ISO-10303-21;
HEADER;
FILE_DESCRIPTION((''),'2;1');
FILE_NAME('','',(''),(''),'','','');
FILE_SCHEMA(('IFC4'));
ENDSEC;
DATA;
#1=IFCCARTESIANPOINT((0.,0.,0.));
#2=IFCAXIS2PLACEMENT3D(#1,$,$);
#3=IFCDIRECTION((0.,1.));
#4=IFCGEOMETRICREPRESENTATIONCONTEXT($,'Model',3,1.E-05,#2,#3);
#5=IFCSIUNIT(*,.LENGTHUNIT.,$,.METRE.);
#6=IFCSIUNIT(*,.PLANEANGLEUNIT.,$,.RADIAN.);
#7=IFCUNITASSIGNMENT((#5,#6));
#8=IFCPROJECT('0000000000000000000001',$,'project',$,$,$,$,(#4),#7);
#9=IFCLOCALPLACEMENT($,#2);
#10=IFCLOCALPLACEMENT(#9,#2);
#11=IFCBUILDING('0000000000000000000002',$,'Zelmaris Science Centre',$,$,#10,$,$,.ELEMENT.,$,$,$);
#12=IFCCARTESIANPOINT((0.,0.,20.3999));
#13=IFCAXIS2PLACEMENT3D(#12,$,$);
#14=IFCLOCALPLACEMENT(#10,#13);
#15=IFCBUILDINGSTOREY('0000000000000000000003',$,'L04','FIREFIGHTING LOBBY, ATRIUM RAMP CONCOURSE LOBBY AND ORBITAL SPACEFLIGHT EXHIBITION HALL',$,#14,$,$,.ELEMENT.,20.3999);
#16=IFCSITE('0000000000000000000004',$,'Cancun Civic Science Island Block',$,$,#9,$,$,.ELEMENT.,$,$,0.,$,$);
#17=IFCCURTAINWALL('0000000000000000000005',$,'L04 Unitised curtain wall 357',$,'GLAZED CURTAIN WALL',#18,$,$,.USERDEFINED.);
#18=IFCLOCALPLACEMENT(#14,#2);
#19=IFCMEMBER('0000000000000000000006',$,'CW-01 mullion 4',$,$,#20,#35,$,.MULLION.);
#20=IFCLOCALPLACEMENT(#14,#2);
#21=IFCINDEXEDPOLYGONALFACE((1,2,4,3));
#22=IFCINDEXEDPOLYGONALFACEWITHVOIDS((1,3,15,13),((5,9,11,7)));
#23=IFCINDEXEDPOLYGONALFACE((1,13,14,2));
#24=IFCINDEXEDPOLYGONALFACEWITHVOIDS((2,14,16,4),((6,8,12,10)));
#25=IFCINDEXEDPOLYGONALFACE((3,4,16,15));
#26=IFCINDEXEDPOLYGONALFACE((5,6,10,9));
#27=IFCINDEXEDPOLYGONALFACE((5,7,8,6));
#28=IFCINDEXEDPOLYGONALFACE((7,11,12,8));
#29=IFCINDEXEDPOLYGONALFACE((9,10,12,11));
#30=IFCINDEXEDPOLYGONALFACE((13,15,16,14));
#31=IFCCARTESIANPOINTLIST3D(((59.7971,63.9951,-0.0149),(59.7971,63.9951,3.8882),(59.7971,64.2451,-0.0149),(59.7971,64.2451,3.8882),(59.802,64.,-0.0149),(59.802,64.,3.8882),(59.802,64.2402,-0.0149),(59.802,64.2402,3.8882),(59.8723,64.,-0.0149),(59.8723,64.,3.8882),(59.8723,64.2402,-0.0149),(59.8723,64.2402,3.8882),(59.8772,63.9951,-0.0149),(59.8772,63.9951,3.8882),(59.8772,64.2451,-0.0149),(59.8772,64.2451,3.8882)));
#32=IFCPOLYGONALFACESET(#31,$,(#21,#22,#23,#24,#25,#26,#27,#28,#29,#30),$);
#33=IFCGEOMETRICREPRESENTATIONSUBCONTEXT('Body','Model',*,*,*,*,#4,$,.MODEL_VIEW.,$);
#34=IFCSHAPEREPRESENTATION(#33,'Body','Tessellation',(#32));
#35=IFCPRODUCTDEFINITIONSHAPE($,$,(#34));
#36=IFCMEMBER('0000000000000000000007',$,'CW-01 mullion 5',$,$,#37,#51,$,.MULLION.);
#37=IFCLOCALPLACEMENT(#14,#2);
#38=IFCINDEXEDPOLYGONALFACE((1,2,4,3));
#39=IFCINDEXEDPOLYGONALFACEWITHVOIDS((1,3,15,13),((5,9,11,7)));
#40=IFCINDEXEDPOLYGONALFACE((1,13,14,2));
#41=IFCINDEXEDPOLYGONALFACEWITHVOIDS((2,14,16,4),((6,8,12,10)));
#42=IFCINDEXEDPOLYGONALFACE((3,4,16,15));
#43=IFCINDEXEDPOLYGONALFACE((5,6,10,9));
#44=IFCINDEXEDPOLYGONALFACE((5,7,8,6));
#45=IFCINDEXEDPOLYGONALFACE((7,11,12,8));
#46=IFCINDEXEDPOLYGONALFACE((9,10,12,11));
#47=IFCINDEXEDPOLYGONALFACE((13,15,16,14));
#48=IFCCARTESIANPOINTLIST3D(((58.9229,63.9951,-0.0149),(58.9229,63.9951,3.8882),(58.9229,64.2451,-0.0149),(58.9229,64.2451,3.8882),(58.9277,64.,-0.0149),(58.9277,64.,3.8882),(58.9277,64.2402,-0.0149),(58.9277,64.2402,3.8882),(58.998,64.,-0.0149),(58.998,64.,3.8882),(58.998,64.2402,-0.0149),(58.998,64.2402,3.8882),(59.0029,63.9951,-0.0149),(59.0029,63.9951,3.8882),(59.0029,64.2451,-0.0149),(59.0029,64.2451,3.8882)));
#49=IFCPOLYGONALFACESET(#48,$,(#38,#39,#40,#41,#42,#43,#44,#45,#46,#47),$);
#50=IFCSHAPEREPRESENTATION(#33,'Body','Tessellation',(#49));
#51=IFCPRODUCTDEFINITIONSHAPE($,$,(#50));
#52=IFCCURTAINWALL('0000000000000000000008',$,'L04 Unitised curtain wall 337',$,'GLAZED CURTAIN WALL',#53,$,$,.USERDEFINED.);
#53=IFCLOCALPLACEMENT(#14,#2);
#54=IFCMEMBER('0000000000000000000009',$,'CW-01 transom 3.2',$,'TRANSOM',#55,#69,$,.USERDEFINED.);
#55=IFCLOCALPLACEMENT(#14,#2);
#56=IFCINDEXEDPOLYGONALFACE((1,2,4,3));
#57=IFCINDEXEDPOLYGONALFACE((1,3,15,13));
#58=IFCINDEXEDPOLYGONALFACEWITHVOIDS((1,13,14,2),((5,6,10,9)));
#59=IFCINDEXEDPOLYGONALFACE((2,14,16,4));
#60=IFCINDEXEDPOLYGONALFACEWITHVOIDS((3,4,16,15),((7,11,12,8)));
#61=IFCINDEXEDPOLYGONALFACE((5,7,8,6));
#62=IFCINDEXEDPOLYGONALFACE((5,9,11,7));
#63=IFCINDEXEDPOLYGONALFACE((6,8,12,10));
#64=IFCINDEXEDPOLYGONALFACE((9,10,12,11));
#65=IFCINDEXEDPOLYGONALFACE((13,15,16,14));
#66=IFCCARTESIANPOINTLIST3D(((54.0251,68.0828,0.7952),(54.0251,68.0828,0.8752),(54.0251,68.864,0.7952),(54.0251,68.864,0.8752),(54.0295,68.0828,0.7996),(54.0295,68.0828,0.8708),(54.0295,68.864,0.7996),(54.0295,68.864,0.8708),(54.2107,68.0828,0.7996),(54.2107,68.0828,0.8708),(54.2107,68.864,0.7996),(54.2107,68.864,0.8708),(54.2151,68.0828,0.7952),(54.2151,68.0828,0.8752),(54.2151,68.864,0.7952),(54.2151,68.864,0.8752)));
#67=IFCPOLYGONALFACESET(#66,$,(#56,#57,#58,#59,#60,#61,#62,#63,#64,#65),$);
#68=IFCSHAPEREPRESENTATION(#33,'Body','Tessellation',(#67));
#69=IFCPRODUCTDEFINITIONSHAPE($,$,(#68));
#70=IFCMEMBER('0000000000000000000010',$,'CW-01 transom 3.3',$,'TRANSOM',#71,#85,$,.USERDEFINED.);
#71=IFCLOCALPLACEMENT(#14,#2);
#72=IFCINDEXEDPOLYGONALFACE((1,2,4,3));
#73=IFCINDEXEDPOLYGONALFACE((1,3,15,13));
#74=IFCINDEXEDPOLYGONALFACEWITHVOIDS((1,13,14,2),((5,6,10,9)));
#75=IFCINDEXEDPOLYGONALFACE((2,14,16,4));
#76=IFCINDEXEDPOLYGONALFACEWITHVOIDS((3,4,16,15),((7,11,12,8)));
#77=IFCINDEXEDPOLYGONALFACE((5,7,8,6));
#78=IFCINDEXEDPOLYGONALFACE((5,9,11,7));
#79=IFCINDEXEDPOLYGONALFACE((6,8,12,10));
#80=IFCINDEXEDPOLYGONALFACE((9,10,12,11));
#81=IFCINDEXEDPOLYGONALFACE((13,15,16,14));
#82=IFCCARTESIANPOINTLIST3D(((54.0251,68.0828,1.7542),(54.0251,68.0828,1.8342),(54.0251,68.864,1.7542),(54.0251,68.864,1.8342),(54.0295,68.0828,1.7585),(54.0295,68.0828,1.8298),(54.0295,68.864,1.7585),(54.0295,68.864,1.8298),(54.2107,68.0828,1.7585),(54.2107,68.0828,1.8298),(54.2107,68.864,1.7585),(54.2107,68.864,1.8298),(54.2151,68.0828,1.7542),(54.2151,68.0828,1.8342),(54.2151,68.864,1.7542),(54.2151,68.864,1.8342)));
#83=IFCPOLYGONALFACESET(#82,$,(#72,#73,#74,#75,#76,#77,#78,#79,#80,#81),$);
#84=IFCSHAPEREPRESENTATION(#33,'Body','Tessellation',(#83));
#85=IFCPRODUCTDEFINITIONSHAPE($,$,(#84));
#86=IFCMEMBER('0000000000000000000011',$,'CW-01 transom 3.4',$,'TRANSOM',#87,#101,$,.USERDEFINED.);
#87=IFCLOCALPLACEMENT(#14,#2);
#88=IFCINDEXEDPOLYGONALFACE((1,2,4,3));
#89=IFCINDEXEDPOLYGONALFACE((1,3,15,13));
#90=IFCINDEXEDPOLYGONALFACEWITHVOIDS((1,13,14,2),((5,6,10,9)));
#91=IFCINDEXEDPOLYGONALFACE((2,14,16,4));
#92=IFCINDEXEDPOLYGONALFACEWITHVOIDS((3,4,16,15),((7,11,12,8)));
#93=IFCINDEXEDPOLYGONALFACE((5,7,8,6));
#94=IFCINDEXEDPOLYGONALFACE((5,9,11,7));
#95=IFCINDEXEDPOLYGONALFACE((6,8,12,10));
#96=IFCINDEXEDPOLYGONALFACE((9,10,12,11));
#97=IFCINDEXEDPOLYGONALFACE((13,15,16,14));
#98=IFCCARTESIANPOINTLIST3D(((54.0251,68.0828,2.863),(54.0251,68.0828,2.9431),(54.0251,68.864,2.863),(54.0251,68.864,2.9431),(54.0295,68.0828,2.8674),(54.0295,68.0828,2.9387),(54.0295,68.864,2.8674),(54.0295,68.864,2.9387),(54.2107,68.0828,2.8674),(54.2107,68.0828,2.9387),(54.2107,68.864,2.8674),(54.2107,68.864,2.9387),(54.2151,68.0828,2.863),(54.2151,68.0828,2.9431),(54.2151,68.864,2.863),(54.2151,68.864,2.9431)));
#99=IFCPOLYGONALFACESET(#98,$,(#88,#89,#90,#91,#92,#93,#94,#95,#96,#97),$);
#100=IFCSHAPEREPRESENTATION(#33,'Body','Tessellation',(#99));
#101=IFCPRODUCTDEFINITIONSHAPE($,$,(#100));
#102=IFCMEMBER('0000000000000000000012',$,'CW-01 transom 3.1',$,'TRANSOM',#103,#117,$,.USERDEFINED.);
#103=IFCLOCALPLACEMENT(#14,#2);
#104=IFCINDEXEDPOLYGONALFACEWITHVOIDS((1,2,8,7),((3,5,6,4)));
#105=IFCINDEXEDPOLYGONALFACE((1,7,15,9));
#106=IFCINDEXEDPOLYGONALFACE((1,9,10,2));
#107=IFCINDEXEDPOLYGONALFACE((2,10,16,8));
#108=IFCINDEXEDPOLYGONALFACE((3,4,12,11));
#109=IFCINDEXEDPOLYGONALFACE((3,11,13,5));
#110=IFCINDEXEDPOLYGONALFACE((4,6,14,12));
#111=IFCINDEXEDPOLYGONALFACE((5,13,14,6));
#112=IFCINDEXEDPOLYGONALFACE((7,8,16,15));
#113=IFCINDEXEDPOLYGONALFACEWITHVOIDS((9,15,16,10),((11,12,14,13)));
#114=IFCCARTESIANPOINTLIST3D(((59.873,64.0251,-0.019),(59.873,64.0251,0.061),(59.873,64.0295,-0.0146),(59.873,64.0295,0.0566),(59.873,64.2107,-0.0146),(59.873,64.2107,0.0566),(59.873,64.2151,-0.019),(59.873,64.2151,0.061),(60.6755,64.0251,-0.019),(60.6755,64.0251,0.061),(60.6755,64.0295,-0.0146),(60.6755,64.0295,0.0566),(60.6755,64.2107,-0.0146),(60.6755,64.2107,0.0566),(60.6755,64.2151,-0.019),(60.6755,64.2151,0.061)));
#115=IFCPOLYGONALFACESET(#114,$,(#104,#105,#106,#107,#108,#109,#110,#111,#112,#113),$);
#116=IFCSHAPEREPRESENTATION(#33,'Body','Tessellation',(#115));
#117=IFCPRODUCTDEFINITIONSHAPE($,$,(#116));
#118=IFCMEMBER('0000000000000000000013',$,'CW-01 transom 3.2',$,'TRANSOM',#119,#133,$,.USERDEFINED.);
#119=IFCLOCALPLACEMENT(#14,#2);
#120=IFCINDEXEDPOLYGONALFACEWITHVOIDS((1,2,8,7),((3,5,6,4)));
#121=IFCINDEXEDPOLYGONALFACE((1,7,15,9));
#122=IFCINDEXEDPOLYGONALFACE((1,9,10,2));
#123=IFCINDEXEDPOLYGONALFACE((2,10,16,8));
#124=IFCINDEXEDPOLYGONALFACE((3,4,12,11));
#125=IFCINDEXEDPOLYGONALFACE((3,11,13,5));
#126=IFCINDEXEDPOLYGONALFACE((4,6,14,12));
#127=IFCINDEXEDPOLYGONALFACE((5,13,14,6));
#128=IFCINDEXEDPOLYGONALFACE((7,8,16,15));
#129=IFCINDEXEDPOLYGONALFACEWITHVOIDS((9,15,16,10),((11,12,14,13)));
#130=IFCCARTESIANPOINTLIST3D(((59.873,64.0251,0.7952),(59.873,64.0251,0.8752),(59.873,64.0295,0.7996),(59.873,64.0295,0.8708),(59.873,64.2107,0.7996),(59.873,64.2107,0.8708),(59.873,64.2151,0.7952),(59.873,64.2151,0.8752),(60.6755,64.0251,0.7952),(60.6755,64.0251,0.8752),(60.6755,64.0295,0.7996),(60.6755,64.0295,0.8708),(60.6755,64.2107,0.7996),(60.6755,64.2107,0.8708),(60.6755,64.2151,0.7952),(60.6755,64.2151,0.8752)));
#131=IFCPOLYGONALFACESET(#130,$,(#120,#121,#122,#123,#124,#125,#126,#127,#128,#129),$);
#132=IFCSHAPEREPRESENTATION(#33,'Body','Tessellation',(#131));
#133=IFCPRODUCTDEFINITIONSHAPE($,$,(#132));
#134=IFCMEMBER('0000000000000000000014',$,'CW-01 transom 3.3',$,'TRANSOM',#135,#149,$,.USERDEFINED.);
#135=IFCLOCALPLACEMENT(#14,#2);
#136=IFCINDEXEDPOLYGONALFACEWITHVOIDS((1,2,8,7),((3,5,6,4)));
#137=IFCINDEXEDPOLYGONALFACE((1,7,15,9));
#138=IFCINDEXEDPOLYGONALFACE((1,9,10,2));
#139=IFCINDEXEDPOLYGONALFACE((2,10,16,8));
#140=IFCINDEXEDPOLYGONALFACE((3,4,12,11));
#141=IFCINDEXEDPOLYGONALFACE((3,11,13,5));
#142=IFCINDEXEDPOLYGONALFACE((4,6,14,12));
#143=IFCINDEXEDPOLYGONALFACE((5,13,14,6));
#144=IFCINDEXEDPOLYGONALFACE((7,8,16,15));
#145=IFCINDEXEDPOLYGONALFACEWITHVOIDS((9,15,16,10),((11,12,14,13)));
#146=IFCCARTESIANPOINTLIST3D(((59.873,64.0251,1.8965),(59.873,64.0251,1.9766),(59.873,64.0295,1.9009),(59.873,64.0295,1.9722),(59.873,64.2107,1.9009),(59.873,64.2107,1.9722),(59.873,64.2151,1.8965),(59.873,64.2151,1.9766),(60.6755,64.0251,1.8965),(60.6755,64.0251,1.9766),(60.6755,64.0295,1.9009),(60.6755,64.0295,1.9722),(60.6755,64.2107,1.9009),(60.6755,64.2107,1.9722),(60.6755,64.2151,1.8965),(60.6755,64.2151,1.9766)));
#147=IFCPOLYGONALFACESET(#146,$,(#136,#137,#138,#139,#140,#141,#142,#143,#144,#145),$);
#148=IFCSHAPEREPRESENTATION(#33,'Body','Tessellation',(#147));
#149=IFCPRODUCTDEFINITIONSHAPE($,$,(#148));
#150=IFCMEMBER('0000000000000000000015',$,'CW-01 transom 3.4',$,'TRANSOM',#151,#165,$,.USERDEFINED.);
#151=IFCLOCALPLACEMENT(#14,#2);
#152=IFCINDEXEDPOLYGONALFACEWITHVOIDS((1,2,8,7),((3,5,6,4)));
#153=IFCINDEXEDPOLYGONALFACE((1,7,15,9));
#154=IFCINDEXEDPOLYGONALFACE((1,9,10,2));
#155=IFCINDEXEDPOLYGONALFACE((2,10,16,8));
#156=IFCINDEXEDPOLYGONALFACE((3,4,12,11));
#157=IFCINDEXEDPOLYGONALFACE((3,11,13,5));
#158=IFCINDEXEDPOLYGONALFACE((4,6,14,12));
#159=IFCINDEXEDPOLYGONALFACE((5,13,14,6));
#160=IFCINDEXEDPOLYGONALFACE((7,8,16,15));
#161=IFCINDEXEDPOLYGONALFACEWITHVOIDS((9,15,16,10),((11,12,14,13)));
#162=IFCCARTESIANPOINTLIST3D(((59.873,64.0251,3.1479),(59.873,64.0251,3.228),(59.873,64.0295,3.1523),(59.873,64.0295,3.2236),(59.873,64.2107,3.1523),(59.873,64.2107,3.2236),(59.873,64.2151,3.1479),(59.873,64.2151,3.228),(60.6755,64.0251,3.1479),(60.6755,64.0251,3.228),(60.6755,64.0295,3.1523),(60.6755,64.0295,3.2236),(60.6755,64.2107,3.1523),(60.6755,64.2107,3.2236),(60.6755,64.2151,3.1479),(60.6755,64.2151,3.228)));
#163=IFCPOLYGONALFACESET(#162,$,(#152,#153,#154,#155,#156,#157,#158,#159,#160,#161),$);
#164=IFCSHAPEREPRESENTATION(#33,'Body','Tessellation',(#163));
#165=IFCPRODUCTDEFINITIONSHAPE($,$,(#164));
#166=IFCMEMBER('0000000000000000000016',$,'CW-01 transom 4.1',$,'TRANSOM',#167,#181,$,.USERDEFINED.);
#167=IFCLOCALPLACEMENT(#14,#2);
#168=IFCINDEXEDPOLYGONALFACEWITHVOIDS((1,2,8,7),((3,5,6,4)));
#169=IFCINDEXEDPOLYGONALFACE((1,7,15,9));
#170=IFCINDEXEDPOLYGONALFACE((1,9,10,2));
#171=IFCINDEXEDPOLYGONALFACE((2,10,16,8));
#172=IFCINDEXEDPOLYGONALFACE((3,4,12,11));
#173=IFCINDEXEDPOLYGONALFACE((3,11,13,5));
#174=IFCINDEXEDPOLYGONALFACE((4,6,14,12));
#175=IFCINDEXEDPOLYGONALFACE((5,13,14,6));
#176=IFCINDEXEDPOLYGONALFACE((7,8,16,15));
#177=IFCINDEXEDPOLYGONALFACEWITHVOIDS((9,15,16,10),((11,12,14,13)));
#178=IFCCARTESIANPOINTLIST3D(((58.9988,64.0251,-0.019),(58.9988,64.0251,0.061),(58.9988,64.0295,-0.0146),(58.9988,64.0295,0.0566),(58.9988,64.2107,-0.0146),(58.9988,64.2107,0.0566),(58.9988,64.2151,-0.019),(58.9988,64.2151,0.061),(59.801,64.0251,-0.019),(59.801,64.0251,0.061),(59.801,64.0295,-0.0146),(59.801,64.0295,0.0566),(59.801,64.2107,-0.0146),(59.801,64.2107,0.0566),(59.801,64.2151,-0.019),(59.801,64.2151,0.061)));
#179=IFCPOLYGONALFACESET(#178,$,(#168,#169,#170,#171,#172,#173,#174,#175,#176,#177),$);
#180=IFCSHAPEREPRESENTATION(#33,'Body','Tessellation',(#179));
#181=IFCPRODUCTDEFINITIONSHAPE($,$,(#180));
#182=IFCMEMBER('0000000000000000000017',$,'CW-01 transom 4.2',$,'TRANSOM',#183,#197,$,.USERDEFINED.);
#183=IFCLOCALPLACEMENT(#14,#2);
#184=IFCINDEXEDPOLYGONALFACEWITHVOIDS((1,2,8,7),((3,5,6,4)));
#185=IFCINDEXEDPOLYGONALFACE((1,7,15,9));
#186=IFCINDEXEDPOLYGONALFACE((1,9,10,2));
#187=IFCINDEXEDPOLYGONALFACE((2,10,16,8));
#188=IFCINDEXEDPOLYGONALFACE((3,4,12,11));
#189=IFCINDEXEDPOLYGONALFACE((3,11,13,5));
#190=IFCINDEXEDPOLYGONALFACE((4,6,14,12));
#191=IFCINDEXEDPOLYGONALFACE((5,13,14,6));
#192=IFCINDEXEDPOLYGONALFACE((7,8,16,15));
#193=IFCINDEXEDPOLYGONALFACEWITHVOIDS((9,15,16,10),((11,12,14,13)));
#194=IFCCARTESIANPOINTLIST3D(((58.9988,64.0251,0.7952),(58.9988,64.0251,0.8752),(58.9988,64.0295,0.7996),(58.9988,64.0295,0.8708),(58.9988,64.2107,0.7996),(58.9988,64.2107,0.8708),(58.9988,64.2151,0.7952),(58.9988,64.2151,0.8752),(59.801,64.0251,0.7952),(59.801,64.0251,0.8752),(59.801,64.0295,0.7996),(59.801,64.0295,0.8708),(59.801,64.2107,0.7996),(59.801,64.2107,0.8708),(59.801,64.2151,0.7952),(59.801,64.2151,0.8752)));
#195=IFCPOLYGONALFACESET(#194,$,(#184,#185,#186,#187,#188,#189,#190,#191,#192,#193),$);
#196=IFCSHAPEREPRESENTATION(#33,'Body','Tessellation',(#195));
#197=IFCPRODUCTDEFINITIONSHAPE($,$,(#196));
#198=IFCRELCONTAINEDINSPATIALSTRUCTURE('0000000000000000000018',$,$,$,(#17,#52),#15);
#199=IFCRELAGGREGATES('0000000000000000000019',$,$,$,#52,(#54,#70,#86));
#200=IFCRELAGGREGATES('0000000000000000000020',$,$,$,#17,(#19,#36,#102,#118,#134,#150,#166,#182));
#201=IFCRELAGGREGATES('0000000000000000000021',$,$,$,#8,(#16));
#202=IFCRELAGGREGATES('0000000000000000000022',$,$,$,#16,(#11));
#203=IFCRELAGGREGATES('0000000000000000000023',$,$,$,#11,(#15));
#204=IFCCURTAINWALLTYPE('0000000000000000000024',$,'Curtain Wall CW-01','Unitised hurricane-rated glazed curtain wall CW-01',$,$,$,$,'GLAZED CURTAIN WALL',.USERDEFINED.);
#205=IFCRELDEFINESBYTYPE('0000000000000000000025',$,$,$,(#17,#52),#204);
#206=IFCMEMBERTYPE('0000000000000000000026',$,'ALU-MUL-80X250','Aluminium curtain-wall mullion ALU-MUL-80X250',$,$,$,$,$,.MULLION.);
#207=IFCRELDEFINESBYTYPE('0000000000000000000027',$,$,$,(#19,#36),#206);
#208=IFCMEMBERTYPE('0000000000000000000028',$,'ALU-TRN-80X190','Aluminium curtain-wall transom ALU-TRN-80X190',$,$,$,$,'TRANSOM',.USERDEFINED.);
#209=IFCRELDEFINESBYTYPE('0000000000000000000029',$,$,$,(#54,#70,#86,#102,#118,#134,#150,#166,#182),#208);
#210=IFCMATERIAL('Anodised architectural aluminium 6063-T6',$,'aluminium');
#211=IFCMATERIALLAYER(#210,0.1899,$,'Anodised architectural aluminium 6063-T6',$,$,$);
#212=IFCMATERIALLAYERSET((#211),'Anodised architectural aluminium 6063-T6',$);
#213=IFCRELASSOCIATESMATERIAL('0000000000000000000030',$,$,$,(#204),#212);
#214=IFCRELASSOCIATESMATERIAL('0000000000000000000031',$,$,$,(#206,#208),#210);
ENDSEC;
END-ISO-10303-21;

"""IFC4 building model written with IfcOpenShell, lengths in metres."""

from ifc_helpers import new_model, si_unit, direction, frame, origin, origin_2d, place, context, subcontext, project, spatial, hollow_rectangle, extrude, material, layer, layer_set, material_profile, profile_set, type_object, element, aggregate, save


model = new_model("IFC4")

# Units and contexts
model_context = context("Model", 3, precision=1e-05, world=origin(), true_north=direction((0.0, 1.0)))
body_context = subcontext(model_context, "Body", "Model", "MODEL_VIEW")
ifc_project = project(units=[si_unit("LENGTHUNIT", "METRE"), si_unit("PLANEANGLEUNIT", "RADIAN")], contexts=[model_context])

# Site, building, storey
site_placement = place(None, origin())
site = spatial("IfcSite", under=ifc_project, at=site_placement, Name="Cancun Civic Science Island Block", CompositionType="ELEMENT", RefElevation=0.0)
building_placement = place(site_placement, origin())
building = spatial("IfcBuilding", under=site, at=building_placement, Name="Zelmaris Science Centre", CompositionType="ELEMENT")
storey_placement = place(building_placement, frame((0.0, 0.0, 20.3999)))
storey = spatial("IfcBuildingStorey", under=building, at=storey_placement, Name="L04", Description="FIREFIGHTING LOBBY, ATRIUM RAMP CONCOURSE LOBBY AND ORBITAL SPACEFLIGHT EXHIBITION HALL", CompositionType="ELEMENT", Elevation=20.3999)

# Curtain walls, members
ifc_material_1 = material(Name="Anodised architectural aluminium 6063-T6", Category="aluminium")
ifc_layer_1 = layer(ifc_material_1, 0.1899, Name="Anodised architectural aluminium 6063-T6")
ifc_layer_set_1 = layer_set([ifc_layer_1], Name="Anodised architectural aluminium 6063-T6")
curtain_wall_type = type_object("IfcCurtainWallType", Name="Curtain Wall CW-01", Description="Unitised hurricane-rated glazed curtain wall CW-01", ElementType="GLAZED CURTAIN WALL", PredefinedType="USERDEFINED", material=ifc_layer_set_1)
curtain_wall_1_placement = place(storey_placement, origin())
curtain_wall_1 = element("IfcCurtainWall", 1, at=curtain_wall_1_placement, inside=storey, type_object=curtain_wall_type, Name="L04 Unitised curtain wall 357", ObjectType="GLAZED CURTAIN WALL", PredefinedType="USERDEFINED")
ifc_material_profile_1 = material_profile(ifc_material_1, hollow_rectangle(XDim=0.0801, YDim=0.25, WallThickness=0.0049, at=origin_2d()), Name="ALU-MUL-80X250")
ifc_profile_set_1 = profile_set([ifc_material_profile_1], Name="Anodised architectural aluminium 6063-T6")
member_type_1 = type_object("IfcMemberType", Name="ALU-MUL-80X250", Description="Aluminium curtain-wall mullion ALU-MUL-80X250", PredefinedType="MULLION", material=ifc_profile_set_1)
member_1_placement = place(storey_placement, frame((59.8372, 64.1201, -0.0149), z_axis=(0.0, 0.0, 1.0), x_axis=(-1.0, 0.000003, 0.0)))
member_1 = element("IfcMember", 2, at=member_1_placement, type_object=member_type_1, Name="CW-01 mullion 4", PredefinedType="MULLION", context=body_context, shape_type="SweptSolid", body=[
    extrude(hollow_rectangle(XDim=0.0801, YDim=0.25, WallThickness=0.0049, at=origin_2d()), origin(), (0.0, 0.0, 1.0), 3.9031),
])
member_2_placement = place(storey_placement, frame((58.9629, 64.1201, -0.0149), z_axis=(0.0, 0.0, 1.0), x_axis=(-1.0, 0.000003, 0.0)))
member_2 = element("IfcMember", 3, at=member_2_placement, type_object=member_type_1, Name="CW-01 mullion 5", PredefinedType="MULLION", context=body_context, shape_type="SweptSolid", body=[
    extrude(hollow_rectangle(XDim=0.0801, YDim=0.25, WallThickness=0.0049, at=origin_2d()), origin(), (0.0, 0.0, 1.0), 3.9031),
])
curtain_wall_2_placement = place(storey_placement, origin())
curtain_wall_2 = element("IfcCurtainWall", 4, at=curtain_wall_2_placement, inside=storey, type_object=curtain_wall_type, Name="L04 Unitised curtain wall 337", ObjectType="GLAZED CURTAIN WALL", PredefinedType="USERDEFINED")
ifc_material_profile_2 = material_profile(ifc_material_1, hollow_rectangle(XDim=0.0801, YDim=0.1899, WallThickness=0.0044, at=origin_2d()), Name="ALU-TRN-80X190")
ifc_profile_set_2 = profile_set([ifc_material_profile_2], Name="Anodised architectural aluminium 6063-T6")
member_type_2 = type_object("IfcMemberType", Name="ALU-TRN-80X190", Description="Aluminium curtain-wall transom ALU-TRN-80X190", ElementType="TRANSOM", PredefinedType="USERDEFINED", material=ifc_profile_set_2)
member_3_placement = place(storey_placement, frame((54.1201, 68.0828, 0.8352), z_axis=(0.0, 1.0, 0.0), x_axis=(0.0, 0.0, 1.0)))
member_3 = element("IfcMember", 5, at=member_3_placement, type_object=member_type_2, Name="CW-01 transom 3.2", ObjectType="TRANSOM", PredefinedType="USERDEFINED", context=body_context, shape_type="SweptSolid", body=[
    extrude(hollow_rectangle(XDim=0.0801, YDim=0.1899, WallThickness=0.0044, at=origin_2d()), origin(), (0.0, 0.0, 1.0), 0.7812),
])
member_4_placement = place(storey_placement, frame((54.1201, 68.0828, 1.7942), z_axis=(0.0, 1.0, 0.0), x_axis=(0.0, 0.0, 1.0)))
member_4 = element("IfcMember", 6, at=member_4_placement, type_object=member_type_2, Name="CW-01 transom 3.3", ObjectType="TRANSOM", PredefinedType="USERDEFINED", context=body_context, shape_type="SweptSolid", body=[
    extrude(hollow_rectangle(XDim=0.0801, YDim=0.1899, WallThickness=0.0044, at=origin_2d()), origin(), (0.0, 0.0, 1.0), 0.7812),
])
member_5_placement = place(storey_placement, frame((54.1201, 68.0828, 2.9031), z_axis=(0.0, 1.0, 0.0), x_axis=(0.0, 0.0, 1.0)))
member_5 = element("IfcMember", 7, at=member_5_placement, type_object=member_type_2, Name="CW-01 transom 3.4", ObjectType="TRANSOM", PredefinedType="USERDEFINED", context=body_context, shape_type="SweptSolid", body=[
    extrude(hollow_rectangle(XDim=0.0801, YDim=0.1899, WallThickness=0.0044, at=origin_2d()), origin(), (0.0, 0.0, 1.0), 0.7812),
])
aggregate(curtain_wall_2, [member_3, member_4, member_5])

# Members
member_6_placement = place(storey_placement, frame((60.6755, 64.1201, 0.021), z_axis=(-1.0, 0.0, 0.0), x_axis=(0.0, 0.0, 1.0)))
member_6 = element("IfcMember", 8, at=member_6_placement, type_object=member_type_2, Name="CW-01 transom 3.1", ObjectType="TRANSOM", PredefinedType="USERDEFINED", context=body_context, shape_type="SweptSolid", body=[
    extrude(hollow_rectangle(XDim=0.0801, YDim=0.1899, WallThickness=0.0044, at=origin_2d()), origin(), (0.0, 0.0, 1.0), 0.8025),
])
member_7_placement = place(storey_placement, frame((60.6755, 64.1201, 0.8352), z_axis=(-1.0, 0.0, 0.0), x_axis=(0.0, 0.0, 1.0)))
member_7 = element("IfcMember", 9, at=member_7_placement, type_object=member_type_2, Name="CW-01 transom 3.2", ObjectType="TRANSOM", PredefinedType="USERDEFINED", context=body_context, shape_type="SweptSolid", body=[
    extrude(hollow_rectangle(XDim=0.0801, YDim=0.1899, WallThickness=0.0044, at=origin_2d()), origin(), (0.0, 0.0, 1.0), 0.8025),
])
member_8_placement = place(storey_placement, frame((60.6755, 64.1201, 1.9365), z_axis=(-1.0, 0.0, 0.0), x_axis=(0.0, 0.0, 1.0)))
member_8 = element("IfcMember", 10, at=member_8_placement, type_object=member_type_2, Name="CW-01 transom 3.3", ObjectType="TRANSOM", PredefinedType="USERDEFINED", context=body_context, shape_type="SweptSolid", body=[
    extrude(hollow_rectangle(XDim=0.0801, YDim=0.1899, WallThickness=0.0044, at=origin_2d()), origin(), (0.0, 0.0, 1.0), 0.8025),
])
member_9_placement = place(storey_placement, frame((60.6755, 64.1201, 3.188), z_axis=(-1.0, 0.0, 0.0), x_axis=(0.0, 0.0, 1.0)))
member_9 = element("IfcMember", 11, at=member_9_placement, type_object=member_type_2, Name="CW-01 transom 3.4", ObjectType="TRANSOM", PredefinedType="USERDEFINED", context=body_context, shape_type="SweptSolid", body=[
    extrude(hollow_rectangle(XDim=0.0801, YDim=0.1899, WallThickness=0.0044, at=origin_2d()), origin(), (0.0, 0.0, 1.0), 0.8025),
])
member_10_placement = place(storey_placement, frame((59.801, 64.1201, 0.021), z_axis=(-1.0, 0.0, 0.0), x_axis=(0.0, 0.0, 1.0)))
member_10 = element("IfcMember", 12, at=member_10_placement, type_object=member_type_2, Name="CW-01 transom 4.1", ObjectType="TRANSOM", PredefinedType="USERDEFINED", context=body_context, shape_type="SweptSolid", body=[
    extrude(hollow_rectangle(XDim=0.0801, YDim=0.1899, WallThickness=0.0044, at=origin_2d()), origin(), (0.0, 0.0, 1.0), 0.8022),
])
member_11_placement = place(storey_placement, frame((59.801, 64.1201, 0.8352), z_axis=(-1.0, 0.0, 0.0), x_axis=(0.0, 0.0, 1.0)))
member_11 = element("IfcMember", 13, at=member_11_placement, type_object=member_type_2, Name="CW-01 transom 4.2", ObjectType="TRANSOM", PredefinedType="USERDEFINED", context=body_context, shape_type="SweptSolid", body=[
    extrude(hollow_rectangle(XDim=0.0801, YDim=0.1899, WallThickness=0.0044, at=origin_2d()), origin(), (0.0, 0.0, 1.0), 0.8022),
])

aggregate(curtain_wall_1, [member_1, member_2, member_6, member_7, member_8, member_9, member_10, member_11])

save(model, "model.ifc")
